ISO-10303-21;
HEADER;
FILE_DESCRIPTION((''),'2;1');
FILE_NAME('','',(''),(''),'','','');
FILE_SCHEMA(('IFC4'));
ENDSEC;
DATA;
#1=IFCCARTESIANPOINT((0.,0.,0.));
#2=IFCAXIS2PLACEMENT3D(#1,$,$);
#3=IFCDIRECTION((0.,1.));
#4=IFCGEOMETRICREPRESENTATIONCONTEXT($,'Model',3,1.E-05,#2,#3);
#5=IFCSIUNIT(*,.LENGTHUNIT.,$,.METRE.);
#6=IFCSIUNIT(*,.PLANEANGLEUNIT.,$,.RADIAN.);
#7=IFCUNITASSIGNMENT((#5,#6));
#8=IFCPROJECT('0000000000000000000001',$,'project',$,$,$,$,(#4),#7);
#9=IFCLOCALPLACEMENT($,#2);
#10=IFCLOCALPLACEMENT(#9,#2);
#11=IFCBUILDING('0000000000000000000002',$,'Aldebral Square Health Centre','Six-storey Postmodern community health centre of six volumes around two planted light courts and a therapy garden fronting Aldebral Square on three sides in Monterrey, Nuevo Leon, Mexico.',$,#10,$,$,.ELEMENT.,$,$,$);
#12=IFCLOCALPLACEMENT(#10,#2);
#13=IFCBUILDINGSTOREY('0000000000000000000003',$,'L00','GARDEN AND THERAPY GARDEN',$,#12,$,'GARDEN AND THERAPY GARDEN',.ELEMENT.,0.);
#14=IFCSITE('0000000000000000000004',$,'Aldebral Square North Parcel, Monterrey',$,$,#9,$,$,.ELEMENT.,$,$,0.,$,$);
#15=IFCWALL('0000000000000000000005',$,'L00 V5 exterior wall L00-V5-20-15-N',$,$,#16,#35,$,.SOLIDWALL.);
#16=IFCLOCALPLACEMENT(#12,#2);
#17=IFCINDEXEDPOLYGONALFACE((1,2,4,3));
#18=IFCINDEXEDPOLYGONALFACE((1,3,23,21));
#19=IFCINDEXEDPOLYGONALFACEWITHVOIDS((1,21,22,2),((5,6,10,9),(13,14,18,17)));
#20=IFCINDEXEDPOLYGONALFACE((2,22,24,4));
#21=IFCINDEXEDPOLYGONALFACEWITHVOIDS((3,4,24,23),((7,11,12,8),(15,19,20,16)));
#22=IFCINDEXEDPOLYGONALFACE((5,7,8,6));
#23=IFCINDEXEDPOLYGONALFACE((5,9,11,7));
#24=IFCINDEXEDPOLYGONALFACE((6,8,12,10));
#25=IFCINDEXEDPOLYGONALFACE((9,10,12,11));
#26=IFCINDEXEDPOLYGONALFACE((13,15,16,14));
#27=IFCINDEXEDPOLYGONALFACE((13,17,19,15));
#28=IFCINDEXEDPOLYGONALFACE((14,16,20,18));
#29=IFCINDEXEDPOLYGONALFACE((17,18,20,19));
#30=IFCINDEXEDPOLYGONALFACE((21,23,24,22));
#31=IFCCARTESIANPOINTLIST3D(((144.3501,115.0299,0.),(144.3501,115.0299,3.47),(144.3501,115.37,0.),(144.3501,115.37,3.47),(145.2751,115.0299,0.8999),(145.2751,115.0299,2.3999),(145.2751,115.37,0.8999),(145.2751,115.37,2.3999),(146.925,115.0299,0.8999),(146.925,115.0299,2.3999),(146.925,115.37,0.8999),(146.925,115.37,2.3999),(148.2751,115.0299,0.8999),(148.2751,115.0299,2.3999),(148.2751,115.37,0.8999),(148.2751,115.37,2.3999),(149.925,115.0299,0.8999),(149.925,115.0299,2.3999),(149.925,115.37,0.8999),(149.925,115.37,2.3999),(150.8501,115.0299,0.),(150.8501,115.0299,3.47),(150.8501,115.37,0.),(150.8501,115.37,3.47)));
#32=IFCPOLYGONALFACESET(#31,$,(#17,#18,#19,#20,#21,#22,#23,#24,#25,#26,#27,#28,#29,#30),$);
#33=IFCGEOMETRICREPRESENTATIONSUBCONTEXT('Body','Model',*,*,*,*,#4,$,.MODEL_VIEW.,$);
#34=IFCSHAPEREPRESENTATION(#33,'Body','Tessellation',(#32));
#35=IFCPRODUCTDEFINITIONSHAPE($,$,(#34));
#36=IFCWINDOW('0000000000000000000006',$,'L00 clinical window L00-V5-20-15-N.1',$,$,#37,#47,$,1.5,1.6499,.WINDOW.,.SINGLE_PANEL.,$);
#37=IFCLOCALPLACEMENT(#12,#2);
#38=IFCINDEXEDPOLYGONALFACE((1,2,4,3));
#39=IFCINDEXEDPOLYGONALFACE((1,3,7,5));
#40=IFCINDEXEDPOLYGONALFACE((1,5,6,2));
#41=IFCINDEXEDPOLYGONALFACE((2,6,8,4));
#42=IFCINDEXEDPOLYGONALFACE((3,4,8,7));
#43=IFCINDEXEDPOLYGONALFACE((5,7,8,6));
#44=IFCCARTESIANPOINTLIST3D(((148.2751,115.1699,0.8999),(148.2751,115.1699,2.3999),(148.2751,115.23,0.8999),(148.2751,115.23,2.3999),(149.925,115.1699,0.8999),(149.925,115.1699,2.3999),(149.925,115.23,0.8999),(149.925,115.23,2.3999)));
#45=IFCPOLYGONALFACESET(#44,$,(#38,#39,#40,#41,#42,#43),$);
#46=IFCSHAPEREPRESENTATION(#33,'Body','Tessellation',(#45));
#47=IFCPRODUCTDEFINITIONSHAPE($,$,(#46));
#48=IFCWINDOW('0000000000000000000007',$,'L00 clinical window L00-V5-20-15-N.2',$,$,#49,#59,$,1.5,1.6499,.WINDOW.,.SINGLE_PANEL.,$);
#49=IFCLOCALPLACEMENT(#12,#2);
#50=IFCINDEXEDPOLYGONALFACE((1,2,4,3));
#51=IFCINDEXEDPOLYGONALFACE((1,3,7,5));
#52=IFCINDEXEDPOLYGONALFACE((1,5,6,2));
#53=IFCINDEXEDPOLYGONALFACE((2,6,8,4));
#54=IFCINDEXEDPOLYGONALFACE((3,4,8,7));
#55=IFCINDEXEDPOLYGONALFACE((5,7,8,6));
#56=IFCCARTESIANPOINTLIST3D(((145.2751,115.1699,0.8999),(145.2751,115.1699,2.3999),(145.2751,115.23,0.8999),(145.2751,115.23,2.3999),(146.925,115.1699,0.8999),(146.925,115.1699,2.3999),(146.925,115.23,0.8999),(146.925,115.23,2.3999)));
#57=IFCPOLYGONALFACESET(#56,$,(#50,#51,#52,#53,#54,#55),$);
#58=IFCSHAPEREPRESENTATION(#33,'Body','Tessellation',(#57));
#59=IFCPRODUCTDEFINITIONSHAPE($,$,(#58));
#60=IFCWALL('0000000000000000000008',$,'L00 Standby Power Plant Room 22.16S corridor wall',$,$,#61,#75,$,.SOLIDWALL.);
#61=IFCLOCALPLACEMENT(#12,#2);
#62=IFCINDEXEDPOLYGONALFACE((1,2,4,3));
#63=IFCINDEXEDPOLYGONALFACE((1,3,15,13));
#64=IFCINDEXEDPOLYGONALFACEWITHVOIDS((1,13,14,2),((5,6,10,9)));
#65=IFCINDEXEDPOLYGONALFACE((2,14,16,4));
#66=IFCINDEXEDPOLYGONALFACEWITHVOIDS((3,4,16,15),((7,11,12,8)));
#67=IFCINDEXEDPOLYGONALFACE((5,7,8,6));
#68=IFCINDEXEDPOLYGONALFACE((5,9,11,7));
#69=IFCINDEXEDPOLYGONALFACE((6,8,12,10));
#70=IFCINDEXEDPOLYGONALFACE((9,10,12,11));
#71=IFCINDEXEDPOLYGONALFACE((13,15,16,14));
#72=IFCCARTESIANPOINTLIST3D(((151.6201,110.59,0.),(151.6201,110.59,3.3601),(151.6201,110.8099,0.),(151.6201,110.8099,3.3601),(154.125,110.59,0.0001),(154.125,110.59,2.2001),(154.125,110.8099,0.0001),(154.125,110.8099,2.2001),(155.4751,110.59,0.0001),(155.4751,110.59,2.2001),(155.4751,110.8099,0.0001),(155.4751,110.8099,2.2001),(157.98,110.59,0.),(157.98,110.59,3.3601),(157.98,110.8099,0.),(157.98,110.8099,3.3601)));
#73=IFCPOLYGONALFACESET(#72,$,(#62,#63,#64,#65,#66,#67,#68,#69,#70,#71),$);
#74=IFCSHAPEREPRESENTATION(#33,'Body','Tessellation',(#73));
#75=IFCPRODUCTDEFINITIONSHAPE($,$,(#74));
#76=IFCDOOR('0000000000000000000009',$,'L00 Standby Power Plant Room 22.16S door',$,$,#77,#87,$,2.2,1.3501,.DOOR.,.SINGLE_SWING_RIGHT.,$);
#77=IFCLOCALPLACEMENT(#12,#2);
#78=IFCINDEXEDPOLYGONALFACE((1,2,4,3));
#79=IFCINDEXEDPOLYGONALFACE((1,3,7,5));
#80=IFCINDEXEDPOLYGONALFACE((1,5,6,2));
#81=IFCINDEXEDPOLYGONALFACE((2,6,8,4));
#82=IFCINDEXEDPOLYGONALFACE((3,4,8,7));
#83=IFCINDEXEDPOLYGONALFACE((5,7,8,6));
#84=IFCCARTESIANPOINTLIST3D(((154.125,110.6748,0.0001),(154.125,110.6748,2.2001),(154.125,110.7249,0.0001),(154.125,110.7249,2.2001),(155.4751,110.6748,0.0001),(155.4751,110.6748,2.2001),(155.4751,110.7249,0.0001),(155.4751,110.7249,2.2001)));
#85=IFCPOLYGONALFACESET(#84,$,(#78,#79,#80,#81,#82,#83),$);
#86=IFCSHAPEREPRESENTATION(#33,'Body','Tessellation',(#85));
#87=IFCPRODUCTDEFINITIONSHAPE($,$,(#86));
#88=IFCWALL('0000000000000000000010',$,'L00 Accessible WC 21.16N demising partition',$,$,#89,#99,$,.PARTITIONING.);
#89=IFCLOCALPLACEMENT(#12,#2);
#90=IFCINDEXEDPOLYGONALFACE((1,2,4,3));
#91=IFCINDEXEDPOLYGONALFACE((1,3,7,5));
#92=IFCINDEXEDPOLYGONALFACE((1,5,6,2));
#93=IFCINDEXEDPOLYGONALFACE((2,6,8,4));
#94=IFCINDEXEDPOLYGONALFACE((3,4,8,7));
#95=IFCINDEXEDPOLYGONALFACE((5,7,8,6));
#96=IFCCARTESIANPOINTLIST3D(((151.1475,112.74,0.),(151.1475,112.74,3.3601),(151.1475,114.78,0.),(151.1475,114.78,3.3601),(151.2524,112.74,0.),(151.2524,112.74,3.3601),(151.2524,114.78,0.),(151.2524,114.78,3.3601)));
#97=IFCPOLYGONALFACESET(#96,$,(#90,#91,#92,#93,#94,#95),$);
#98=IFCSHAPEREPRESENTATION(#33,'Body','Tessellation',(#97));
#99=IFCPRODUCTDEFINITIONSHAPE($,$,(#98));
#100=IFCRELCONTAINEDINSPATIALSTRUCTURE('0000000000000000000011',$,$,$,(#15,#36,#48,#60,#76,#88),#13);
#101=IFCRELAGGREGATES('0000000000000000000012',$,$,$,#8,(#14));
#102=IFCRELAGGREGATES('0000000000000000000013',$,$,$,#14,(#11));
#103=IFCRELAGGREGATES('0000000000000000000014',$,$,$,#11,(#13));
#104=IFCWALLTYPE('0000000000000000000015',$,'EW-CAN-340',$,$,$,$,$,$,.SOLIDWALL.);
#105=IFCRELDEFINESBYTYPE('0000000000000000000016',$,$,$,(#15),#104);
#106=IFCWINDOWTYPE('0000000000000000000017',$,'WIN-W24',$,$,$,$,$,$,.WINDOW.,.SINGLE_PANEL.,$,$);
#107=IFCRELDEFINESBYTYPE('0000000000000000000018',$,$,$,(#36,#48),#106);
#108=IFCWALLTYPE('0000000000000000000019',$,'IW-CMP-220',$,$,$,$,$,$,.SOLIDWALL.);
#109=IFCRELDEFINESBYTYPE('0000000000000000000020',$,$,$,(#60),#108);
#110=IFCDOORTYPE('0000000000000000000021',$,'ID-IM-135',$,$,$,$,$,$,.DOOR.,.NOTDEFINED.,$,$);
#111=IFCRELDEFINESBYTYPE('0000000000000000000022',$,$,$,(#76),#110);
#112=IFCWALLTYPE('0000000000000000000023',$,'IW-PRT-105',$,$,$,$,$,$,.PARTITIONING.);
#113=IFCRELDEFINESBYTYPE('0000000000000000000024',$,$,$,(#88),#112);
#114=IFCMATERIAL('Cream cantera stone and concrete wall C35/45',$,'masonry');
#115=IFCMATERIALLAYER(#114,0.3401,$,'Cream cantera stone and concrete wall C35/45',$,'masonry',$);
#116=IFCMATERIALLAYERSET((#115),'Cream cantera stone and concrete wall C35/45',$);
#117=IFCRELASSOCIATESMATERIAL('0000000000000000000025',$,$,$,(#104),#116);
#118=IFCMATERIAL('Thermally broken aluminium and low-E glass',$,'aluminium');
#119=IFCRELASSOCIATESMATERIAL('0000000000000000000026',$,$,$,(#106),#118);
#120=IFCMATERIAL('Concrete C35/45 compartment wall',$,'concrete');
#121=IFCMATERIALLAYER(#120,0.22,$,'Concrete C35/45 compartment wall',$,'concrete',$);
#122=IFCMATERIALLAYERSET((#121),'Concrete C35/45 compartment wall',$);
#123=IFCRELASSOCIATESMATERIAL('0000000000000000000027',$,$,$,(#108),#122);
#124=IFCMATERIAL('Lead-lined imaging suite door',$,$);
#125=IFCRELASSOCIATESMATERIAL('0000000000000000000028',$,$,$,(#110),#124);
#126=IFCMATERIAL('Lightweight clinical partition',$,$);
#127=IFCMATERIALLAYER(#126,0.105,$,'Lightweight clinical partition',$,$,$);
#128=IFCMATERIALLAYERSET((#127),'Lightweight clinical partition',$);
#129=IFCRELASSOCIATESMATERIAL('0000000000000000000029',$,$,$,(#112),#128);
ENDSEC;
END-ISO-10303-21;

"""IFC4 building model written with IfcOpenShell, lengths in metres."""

from ifc_helpers import new_model, si_unit, direction, frame, frame_2d, origin, place, context, subcontext, project, spatial, rectangle, extrude, material, layer, layer_set, type_object, element, fill, save


model = new_model("IFC4")

# Units and contexts
model_context = context("Model", 3, precision=1e-05, world=origin(), true_north=direction((0.0, 1.0)))
body_context = subcontext(model_context, "Body", "Model", "MODEL_VIEW")
ifc_project = project(units=[si_unit("LENGTHUNIT", "METRE"), si_unit("PLANEANGLEUNIT", "RADIAN")], contexts=[model_context])

# Site, building, storey
site_placement = place(None, origin())
site = spatial("IfcSite", under=ifc_project, at=site_placement, Name="Aldebral Square North Parcel, Monterrey", CompositionType="ELEMENT", RefElevation=0.0)
building_placement = place(site_placement, origin())
building = spatial("IfcBuilding", under=site, at=building_placement, Name="Aldebral Square Health Centre", Description="Six-storey Postmodern community health centre of six volumes around two planted light courts and a therapy garden fronting Aldebral Square on three sides in Monterrey, Nuevo Leon, Mexico.", CompositionType="ELEMENT")
storey_placement = place(building_placement, origin())
storey = spatial("IfcBuildingStorey", under=building, at=storey_placement, Name="L00", Description="GARDEN AND THERAPY GARDEN", LongName="GARDEN AND THERAPY GARDEN", CompositionType="ELEMENT", Elevation=0.0)

# Wall, openings, windows
ifc_material_1 = material(Name="Cream cantera stone and concrete wall C35/45", Category="masonry")
ifc_layer_1 = layer(ifc_material_1, 0.3401, Name="Cream cantera stone and concrete wall C35/45", Category="masonry")
ifc_layer_set_1 = layer_set([ifc_layer_1], Name="Cream cantera stone and concrete wall C35/45")
wall_type_1 = type_object("IfcWallType", Name="EW-CAN-340", PredefinedType="SOLIDWALL", material=ifc_layer_set_1)
wall_1_placement = place(storey_placement, frame((150.8501, 115.2, 0.0), z_axis=(0.0, 0.0, 1.0), x_axis=(-1.0, 0.0, 0.0)))
wall_1 = element("IfcWall", 1, at=wall_1_placement, inside=storey, type_object=wall_type_1, Name="L00 V5 exterior wall L00-V5-20-15-N", PredefinedType="SOLIDWALL", context=body_context, shape_type="SweptSolid", body=[
    extrude(rectangle(XDim=6.5, YDim=0.3401, at=frame_2d((3.25, 0.0))), origin(), (0.0, 0.0, 1.0), 3.47),
])
opening_1_placement = place(wall_1_placement, frame((0.925, 0.0, 0.8999)))
opening_1 = element("IfcOpeningElement", 2, at=opening_1_placement, cuts=wall_1, PredefinedType="OPENING", context=body_context, shape_type="SweptSolid", body=[
    extrude(rectangle(XDim=1.6499, YDim=1.5, at=frame_2d((0.825, 0.75))), frame((0.0, 0.1802, 0.0), z_axis=(0.0, -1.0, 0.0), x_axis=(1.0, 0.0, 0.0)), (0.0, 0.0, 1.0), 0.3601),
])
opening_2_placement = place(wall_1_placement, frame((3.925, 0.0, 0.8999)))
opening_2 = element("IfcOpeningElement", 3, at=opening_2_placement, cuts=wall_1, PredefinedType="OPENING", context=body_context, shape_type="SweptSolid", body=[
    extrude(rectangle(XDim=1.6499, YDim=1.5, at=frame_2d((0.825, 0.75))), frame((0.0, 0.1802, 0.0), z_axis=(0.0, -1.0, 0.0), x_axis=(1.0, 0.0, 0.0)), (0.0, 0.0, 1.0), 0.3601),
])
ifc_material_2 = material(Name="Thermally broken aluminium and low-E glass", Category="aluminium")
window_type = type_object("IfcWindowType", Name="WIN-W24", PartitioningType="SINGLE_PANEL", PredefinedType="WINDOW", material=ifc_material_2)
window_1_placement = place(opening_1_placement, origin())
window_1 = element("IfcWindow", 4, at=window_1_placement, inside=storey, type_object=window_type, Name="L00 clinical window L00-V5-20-15-N.1", OverallHeight=1.5, OverallWidth=1.6499, PartitioningType="SINGLE_PANEL", PredefinedType="WINDOW", context=body_context, shape_type="SweptSolid", body=[
    extrude(rectangle(XDim=1.6499, YDim=1.5, at=frame_2d((0.825, 0.75))), frame((0.0, 0.03, 0.0), z_axis=(0.0, -1.0, 0.0), x_axis=(1.0, 0.0, 0.0)), (0.0, 0.0, 1.0), 0.0601),
])
fill(opening_1, window_1)
window_2_placement = place(opening_2_placement, origin())
window_2 = element("IfcWindow", 5, at=window_2_placement, inside=storey, type_object=window_type, Name="L00 clinical window L00-V5-20-15-N.2", OverallHeight=1.5, OverallWidth=1.6499, PartitioningType="SINGLE_PANEL", PredefinedType="WINDOW", context=body_context, shape_type="SweptSolid", body=[
    extrude(rectangle(XDim=1.6499, YDim=1.5, at=frame_2d((0.825, 0.75))), frame((0.0, 0.03, 0.0), z_axis=(0.0, -1.0, 0.0), x_axis=(1.0, 0.0, 0.0)), (0.0, 0.0, 1.0), 0.0601),
])
fill(opening_2, window_2)

# Wall, opening, door
ifc_material_3 = material(Name="Concrete C35/45 compartment wall", Category="concrete")
ifc_layer_2 = layer(ifc_material_3, 0.22, Name="Concrete C35/45 compartment wall", Category="concrete")
ifc_layer_set_2 = layer_set([ifc_layer_2], Name="Concrete C35/45 compartment wall")
wall_type_2 = type_object("IfcWallType", Name="IW-CMP-220", PredefinedType="SOLIDWALL", material=ifc_layer_set_2)
wall_2_placement = place(storey_placement, frame((151.6201, 110.7, 0.0), z_axis=(0.0, 0.0, 1.0), x_axis=(1.0, 0.0, 0.0)))
wall_2 = element("IfcWall", 6, at=wall_2_placement, inside=storey, type_object=wall_type_2, Name="L00 Standby Power Plant Room 22.16S corridor wall", PredefinedType="SOLIDWALL", context=body_context, shape_type="SweptSolid", body=[
    extrude(rectangle(XDim=6.3599, YDim=0.22, at=frame_2d((3.1799, 0.0))), origin(), (0.0, 0.0, 1.0), 3.3601),
])
opening_3_placement = place(wall_2_placement, frame((2.5049, 0.0, 0.0)))
opening_3 = element("IfcOpeningElement", 7, at=opening_3_placement, cuts=wall_2, PredefinedType="OPENING", context=body_context, shape_type="SweptSolid", body=[
    extrude(rectangle(XDim=1.3501, YDim=2.2, at=frame_2d((0.675, 1.1001))), frame((0.0, 0.1201, 0.0), z_axis=(0.0, -1.0, 0.0), x_axis=(1.0, 0.0, 0.0)), (0.0, 0.0, 1.0), 0.24),
])
ifc_material_4 = material(Name="Lead-lined imaging suite door")
door_type_1 = type_object("IfcDoorType", Name="ID-IM-135", OperationType="NOTDEFINED", PredefinedType="DOOR", material=ifc_material_4)
door_1_placement = place(opening_3_placement, origin())
door_1 = element("IfcDoor", 8, at=door_1_placement, inside=storey, type_object=door_type_1, Name="L00 Standby Power Plant Room 22.16S door", OperationType="SINGLE_SWING_RIGHT", OverallHeight=2.2, OverallWidth=1.3501, PredefinedType="DOOR", context=body_context, shape_type="SweptSolid", body=[
    extrude(rectangle(XDim=1.3501, YDim=2.2, at=frame_2d((0.675, 1.1001))), frame((0.0, 0.0249, 0.0), z_axis=(0.0, -1.0, 0.0), x_axis=(1.0, 0.0, 0.0)), (0.0, 0.0, 1.0), 0.05),
])
fill(opening_3, door_1)

# Wall
ifc_material_5 = material(Name="Lightweight clinical partition")
ifc_layer_3 = layer(ifc_material_5, 0.105, Name="Lightweight clinical partition")
ifc_layer_set_3 = layer_set([ifc_layer_3], Name="Lightweight clinical partition")
wall_type_3 = type_object("IfcWallType", Name="IW-PRT-105", PredefinedType="PARTITIONING", material=ifc_layer_set_3)
wall_3_placement = place(storey_placement, frame((151.2, 112.74, 0.0), z_axis=(0.0, 0.0, 1.0), x_axis=(0.0, 1.0, 0.0)))
element("IfcWall", 9, at=wall_3_placement, inside=storey, type_object=wall_type_3, Name="L00 Accessible WC 21.16N demising partition", PredefinedType="PARTITIONING", context=body_context, shape_type="SweptSolid", body=[
    extrude(rectangle(XDim=2.04, YDim=0.105, at=frame_2d((1.02, 0.0))), origin(), (0.0, 0.0, 1.0), 3.3601),
])

save(model, "model.ifc")
